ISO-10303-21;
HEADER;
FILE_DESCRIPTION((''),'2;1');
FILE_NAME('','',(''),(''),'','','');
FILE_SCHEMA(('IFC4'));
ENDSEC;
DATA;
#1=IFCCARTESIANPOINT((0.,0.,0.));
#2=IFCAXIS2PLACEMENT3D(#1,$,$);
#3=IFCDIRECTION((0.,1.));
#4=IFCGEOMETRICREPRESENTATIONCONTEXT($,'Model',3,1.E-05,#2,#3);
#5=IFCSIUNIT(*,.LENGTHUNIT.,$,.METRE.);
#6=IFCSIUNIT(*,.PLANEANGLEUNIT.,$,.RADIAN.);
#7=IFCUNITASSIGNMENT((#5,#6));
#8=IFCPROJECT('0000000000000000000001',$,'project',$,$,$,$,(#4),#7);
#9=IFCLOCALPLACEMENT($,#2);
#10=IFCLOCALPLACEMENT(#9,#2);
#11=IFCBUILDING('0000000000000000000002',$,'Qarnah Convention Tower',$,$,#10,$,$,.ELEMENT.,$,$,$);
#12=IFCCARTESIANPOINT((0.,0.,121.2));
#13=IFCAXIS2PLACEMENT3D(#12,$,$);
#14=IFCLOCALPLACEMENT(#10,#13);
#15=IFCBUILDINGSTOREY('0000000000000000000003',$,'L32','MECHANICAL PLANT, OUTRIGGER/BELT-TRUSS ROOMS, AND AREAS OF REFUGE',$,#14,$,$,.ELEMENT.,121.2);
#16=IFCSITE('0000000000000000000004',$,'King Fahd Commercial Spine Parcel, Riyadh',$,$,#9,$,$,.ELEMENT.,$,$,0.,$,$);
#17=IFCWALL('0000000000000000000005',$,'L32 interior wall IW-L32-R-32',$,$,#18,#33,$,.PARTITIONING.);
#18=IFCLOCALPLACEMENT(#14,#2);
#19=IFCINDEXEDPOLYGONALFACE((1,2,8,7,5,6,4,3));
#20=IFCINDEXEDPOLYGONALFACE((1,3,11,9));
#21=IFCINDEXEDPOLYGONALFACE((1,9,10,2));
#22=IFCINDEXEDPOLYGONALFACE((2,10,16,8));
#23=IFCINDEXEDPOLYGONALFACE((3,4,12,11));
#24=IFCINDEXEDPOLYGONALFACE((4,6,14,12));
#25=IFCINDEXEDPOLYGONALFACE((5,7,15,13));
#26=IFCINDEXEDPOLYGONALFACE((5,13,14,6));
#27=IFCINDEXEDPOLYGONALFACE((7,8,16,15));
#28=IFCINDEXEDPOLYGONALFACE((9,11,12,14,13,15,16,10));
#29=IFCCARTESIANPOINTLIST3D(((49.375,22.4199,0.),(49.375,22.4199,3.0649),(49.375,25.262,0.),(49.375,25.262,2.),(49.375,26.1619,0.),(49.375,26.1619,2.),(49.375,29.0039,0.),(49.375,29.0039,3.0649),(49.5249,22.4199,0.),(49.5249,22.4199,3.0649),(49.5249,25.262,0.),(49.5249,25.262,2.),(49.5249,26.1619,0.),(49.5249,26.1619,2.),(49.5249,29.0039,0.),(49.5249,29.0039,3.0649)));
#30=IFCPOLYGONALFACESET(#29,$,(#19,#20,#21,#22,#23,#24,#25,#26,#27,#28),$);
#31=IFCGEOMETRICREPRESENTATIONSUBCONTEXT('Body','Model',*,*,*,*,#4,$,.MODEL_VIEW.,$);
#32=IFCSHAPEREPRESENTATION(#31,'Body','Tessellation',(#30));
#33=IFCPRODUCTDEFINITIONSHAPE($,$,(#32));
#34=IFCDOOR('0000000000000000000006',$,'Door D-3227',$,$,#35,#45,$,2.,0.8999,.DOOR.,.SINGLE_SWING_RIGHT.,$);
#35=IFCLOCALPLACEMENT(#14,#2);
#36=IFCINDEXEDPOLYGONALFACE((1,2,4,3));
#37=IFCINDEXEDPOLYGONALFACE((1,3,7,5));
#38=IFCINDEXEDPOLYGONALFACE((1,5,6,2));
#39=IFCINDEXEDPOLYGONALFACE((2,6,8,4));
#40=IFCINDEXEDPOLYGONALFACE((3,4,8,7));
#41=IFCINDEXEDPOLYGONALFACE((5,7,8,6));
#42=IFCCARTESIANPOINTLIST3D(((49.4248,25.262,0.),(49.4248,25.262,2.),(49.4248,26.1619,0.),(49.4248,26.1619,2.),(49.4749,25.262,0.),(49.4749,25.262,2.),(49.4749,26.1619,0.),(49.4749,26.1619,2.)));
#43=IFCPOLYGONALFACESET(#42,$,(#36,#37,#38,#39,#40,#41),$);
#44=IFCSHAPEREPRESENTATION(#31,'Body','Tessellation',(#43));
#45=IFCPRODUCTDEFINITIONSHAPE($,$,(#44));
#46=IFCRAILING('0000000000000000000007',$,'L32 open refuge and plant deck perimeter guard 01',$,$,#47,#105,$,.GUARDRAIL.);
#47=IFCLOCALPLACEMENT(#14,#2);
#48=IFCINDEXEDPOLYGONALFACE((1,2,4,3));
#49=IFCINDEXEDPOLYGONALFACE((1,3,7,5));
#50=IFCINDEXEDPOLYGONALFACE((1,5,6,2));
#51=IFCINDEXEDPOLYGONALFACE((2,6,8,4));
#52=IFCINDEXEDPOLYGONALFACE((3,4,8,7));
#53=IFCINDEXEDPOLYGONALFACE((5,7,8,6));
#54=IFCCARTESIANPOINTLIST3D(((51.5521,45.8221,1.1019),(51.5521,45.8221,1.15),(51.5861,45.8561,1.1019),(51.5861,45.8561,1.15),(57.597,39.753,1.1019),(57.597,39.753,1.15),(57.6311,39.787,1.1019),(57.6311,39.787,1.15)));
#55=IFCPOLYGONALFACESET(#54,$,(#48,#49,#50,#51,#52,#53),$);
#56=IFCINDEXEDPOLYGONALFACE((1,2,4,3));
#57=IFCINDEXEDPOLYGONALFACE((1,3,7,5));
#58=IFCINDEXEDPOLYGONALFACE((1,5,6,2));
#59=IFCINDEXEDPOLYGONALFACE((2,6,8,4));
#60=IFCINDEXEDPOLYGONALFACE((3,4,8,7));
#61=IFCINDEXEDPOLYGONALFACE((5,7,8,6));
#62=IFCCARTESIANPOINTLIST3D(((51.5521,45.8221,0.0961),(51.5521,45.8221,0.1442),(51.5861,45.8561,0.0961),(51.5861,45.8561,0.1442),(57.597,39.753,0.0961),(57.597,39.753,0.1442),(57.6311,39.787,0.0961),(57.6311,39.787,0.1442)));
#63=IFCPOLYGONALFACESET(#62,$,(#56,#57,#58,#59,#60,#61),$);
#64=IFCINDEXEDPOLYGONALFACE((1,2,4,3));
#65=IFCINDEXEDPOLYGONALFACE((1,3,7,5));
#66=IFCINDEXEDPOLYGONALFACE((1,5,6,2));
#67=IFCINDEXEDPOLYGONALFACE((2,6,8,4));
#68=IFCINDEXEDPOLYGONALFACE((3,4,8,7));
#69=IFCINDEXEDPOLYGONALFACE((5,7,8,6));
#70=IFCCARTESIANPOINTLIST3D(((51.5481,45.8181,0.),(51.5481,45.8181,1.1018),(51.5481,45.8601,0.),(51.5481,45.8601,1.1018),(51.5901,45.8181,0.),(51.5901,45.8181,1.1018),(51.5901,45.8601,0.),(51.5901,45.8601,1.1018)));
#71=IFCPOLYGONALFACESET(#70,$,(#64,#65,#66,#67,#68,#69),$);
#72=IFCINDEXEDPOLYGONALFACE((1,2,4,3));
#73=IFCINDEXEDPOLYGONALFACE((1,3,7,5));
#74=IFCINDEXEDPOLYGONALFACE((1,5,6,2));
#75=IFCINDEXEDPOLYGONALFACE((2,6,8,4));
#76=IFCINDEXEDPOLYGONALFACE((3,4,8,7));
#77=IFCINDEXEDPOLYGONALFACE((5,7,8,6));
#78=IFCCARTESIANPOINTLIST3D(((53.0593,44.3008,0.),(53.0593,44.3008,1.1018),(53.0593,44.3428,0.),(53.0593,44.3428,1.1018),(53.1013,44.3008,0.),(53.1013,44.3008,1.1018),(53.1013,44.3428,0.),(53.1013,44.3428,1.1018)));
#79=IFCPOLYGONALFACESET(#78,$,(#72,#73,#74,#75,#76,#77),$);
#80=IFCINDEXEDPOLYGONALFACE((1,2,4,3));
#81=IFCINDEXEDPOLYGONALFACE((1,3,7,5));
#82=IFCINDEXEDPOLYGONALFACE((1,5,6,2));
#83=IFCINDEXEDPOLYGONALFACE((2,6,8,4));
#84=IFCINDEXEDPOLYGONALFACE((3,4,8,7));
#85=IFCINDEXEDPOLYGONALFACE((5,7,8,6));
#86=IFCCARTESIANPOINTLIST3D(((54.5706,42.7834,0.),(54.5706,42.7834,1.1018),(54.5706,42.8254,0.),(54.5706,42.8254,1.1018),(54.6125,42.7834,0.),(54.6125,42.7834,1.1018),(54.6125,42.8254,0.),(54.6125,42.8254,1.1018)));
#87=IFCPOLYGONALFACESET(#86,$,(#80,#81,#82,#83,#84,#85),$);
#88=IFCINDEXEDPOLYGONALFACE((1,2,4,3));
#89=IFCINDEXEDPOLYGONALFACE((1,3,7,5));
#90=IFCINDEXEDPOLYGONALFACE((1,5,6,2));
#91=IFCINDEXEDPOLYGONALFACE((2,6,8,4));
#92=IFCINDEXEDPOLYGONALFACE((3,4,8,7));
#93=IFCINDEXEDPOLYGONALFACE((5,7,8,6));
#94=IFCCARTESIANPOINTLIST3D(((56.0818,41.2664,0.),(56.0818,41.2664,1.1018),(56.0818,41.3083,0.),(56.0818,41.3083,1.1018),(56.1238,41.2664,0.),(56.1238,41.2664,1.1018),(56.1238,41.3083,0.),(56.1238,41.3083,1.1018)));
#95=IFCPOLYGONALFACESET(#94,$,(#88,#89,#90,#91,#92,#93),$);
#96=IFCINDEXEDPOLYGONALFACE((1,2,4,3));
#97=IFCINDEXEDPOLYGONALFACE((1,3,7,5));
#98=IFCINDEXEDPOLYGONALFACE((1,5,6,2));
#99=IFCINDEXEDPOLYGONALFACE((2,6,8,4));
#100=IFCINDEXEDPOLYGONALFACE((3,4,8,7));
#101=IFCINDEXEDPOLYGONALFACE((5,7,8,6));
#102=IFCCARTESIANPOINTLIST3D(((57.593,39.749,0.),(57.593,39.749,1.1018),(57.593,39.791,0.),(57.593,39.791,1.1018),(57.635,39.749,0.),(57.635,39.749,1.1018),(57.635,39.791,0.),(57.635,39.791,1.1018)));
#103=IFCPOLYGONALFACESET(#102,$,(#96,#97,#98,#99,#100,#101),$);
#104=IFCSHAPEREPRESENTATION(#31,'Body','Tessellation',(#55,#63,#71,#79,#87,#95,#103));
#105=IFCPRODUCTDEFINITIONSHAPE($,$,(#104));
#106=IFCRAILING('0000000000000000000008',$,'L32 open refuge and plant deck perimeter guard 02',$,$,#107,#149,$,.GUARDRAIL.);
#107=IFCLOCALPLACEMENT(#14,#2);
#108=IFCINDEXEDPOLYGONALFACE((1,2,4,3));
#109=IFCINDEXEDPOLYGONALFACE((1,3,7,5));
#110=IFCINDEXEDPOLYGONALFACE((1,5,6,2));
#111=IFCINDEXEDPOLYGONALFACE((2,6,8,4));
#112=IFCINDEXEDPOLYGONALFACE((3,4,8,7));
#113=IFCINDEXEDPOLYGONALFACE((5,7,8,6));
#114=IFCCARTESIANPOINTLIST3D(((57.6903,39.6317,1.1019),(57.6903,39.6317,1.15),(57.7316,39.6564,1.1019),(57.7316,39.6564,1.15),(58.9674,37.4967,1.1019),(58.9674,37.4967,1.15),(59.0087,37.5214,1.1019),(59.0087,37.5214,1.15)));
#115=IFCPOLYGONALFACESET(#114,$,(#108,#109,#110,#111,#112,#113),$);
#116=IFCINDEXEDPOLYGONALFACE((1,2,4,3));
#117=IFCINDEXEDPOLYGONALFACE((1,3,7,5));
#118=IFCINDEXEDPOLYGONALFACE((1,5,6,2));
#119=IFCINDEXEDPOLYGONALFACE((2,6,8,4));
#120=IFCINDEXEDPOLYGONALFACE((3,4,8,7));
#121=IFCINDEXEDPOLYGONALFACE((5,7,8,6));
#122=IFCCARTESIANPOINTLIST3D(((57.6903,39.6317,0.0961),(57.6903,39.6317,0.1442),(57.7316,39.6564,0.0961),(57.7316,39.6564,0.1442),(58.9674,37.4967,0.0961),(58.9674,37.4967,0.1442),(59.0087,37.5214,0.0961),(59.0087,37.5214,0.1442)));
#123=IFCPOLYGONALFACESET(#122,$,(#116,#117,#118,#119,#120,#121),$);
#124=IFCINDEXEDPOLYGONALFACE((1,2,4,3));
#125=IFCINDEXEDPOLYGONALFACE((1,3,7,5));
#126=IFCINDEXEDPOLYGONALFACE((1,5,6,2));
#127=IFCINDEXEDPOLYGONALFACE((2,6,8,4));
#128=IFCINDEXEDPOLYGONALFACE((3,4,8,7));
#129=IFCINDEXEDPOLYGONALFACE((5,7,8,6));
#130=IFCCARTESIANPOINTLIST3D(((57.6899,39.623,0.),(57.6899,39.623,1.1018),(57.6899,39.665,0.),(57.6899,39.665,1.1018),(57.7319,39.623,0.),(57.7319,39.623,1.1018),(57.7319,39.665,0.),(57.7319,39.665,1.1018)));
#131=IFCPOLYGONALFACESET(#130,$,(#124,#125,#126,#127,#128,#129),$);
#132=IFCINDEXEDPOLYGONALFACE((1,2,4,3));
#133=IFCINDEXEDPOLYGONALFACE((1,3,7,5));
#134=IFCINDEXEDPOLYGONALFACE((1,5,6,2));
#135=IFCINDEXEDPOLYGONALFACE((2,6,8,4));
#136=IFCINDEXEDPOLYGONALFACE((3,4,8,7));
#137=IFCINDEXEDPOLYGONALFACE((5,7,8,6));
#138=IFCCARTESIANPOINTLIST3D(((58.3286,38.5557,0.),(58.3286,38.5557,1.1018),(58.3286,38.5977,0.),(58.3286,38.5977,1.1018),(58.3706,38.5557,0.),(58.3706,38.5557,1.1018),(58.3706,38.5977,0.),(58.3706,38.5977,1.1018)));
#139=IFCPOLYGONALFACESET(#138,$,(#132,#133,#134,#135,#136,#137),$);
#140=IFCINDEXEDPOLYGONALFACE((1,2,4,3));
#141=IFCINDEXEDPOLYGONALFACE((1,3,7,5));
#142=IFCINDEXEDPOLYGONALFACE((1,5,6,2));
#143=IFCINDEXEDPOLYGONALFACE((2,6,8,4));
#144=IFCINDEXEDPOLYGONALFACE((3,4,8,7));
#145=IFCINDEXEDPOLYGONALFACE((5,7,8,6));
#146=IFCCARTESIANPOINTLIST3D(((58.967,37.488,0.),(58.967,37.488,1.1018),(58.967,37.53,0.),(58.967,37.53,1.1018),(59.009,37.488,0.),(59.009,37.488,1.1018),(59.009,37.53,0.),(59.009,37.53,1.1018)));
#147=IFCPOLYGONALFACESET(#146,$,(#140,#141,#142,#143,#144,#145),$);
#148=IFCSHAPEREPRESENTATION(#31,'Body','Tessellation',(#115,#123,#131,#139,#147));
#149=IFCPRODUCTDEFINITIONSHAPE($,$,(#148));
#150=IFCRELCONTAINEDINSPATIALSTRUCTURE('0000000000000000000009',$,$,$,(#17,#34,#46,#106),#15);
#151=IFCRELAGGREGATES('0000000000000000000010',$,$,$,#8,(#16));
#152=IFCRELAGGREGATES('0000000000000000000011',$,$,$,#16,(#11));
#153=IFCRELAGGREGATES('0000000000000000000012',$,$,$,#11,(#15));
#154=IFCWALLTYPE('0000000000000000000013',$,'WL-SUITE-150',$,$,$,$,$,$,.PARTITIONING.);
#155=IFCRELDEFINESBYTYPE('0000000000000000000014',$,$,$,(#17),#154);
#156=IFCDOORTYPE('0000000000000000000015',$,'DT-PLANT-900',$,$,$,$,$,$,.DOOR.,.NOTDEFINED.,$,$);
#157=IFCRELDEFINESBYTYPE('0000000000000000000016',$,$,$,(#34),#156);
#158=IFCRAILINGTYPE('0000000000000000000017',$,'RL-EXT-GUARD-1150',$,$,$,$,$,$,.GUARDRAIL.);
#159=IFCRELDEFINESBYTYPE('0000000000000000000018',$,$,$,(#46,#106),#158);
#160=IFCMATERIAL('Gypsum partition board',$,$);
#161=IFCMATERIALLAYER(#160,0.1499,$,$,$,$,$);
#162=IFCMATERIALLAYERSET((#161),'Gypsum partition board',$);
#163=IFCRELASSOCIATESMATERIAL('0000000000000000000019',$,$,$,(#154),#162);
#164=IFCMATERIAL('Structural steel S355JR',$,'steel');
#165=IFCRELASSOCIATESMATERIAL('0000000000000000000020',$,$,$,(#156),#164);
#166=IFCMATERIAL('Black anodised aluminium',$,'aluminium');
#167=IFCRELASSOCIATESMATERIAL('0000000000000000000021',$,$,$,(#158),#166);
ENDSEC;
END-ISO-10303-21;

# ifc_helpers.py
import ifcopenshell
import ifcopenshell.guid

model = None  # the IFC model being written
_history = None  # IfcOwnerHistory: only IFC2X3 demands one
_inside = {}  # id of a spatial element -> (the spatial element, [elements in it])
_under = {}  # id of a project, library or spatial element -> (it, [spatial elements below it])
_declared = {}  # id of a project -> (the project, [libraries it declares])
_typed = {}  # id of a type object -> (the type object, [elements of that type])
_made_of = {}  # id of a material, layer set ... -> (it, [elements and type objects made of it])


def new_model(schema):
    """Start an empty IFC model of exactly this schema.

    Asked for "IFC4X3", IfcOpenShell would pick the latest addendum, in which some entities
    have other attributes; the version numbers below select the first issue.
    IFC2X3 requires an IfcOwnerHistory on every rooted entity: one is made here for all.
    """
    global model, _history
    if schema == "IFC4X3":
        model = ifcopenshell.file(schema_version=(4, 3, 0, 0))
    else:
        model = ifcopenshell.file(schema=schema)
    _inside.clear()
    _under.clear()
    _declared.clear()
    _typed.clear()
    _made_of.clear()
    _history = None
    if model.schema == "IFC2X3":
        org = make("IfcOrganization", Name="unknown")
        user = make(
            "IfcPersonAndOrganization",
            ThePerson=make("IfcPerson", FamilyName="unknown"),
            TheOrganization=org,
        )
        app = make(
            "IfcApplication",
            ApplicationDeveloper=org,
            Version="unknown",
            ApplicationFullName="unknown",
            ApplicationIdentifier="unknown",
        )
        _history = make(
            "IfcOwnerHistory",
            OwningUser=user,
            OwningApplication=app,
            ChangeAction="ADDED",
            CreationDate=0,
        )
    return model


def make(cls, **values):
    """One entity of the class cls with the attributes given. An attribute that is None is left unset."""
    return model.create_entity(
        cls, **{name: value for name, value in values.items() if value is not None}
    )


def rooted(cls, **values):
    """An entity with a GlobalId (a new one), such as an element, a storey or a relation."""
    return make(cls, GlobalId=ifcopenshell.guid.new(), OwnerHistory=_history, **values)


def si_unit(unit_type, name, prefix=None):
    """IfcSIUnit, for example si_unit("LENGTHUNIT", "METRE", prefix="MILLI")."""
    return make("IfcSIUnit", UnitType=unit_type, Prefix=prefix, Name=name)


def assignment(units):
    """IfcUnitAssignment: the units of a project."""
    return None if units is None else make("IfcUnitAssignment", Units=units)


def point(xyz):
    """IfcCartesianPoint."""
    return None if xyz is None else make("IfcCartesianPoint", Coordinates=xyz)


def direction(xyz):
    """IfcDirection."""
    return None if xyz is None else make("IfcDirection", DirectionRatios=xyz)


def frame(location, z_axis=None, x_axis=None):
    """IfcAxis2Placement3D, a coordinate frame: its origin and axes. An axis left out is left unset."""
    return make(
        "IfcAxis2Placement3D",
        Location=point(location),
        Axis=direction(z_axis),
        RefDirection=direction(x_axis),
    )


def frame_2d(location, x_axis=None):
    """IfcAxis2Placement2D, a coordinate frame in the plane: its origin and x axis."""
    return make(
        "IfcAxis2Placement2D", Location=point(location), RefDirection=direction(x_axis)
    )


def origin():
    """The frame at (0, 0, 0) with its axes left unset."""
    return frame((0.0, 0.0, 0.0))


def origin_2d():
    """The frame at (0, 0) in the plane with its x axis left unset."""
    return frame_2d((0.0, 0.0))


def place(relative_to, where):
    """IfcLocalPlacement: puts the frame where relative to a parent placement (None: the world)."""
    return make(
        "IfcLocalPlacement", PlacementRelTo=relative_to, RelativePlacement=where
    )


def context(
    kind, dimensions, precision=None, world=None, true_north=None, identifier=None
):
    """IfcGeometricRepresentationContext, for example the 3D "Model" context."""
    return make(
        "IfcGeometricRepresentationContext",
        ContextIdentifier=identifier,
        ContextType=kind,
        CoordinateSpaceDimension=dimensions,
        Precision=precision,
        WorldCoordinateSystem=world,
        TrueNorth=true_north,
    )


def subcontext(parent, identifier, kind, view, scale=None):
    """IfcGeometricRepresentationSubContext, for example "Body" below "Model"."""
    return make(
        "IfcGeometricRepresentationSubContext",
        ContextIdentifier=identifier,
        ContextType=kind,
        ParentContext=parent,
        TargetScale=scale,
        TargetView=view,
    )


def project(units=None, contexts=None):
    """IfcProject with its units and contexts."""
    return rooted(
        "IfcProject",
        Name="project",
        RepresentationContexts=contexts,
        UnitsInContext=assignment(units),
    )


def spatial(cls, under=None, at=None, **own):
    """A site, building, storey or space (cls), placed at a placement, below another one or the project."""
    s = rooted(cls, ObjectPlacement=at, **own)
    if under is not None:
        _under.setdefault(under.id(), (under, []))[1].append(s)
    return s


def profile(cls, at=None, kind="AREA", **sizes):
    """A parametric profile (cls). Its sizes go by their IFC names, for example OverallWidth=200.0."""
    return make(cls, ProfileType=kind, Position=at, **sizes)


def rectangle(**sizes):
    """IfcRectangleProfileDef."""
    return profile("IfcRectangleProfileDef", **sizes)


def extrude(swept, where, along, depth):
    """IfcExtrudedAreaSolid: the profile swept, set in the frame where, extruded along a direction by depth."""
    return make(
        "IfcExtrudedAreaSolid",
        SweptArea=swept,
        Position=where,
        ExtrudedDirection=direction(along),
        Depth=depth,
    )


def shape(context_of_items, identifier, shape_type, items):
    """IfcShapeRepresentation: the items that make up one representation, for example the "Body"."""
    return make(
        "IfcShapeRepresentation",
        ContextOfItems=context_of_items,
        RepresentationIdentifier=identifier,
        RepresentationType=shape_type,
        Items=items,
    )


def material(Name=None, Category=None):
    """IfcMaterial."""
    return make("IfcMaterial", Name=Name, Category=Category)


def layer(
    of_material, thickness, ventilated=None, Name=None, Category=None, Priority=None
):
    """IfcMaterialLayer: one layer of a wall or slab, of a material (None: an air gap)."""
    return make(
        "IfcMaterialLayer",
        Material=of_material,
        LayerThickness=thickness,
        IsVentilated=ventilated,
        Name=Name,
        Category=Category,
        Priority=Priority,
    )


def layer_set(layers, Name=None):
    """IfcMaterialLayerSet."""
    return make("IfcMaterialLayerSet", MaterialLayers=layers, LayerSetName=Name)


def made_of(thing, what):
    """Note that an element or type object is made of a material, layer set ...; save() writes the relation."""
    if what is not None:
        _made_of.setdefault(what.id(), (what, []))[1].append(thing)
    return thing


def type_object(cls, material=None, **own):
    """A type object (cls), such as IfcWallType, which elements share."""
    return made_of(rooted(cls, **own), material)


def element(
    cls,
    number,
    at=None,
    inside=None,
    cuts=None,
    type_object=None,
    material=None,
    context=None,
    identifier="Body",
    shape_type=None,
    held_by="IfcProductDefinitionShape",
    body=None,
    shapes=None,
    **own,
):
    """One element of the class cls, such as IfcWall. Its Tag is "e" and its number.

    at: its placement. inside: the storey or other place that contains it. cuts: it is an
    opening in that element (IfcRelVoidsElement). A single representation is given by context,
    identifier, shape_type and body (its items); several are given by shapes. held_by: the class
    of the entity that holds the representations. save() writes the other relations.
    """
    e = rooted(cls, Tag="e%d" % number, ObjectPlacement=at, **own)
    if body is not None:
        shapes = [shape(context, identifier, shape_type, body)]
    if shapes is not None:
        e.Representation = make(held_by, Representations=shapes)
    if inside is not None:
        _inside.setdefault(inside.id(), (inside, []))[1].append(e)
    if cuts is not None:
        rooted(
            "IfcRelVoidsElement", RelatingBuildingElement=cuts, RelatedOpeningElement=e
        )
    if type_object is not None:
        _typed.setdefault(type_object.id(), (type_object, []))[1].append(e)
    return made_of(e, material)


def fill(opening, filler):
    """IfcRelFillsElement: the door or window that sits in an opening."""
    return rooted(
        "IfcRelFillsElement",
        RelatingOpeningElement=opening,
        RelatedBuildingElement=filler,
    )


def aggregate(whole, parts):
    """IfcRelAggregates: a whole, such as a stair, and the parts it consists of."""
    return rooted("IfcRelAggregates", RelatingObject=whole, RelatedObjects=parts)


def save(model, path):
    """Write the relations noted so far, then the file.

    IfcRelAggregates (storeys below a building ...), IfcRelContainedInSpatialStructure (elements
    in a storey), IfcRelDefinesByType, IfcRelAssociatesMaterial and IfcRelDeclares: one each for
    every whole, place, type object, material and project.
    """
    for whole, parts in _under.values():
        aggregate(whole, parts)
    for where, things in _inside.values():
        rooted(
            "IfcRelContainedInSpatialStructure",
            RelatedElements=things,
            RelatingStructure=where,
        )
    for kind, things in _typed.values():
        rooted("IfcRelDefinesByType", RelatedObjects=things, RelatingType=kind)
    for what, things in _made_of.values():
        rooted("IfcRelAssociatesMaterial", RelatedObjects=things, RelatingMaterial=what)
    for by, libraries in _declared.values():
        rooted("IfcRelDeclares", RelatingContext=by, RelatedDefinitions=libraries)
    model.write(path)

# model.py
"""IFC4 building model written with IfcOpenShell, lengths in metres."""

from ifc_helpers import new_model, si_unit, direction, frame, frame_2d, origin, origin_2d, place, context, subcontext, project, spatial, rectangle, extrude, material, layer, layer_set, type_object, element, fill, save


model = new_model("IFC4")

# Units and contexts
model_context = context("Model", 3, precision=1e-05, world=origin(), true_north=direction((0.0, 1.0)))
body_context = subcontext(model_context, "Body", "Model", "MODEL_VIEW")
ifc_project = project(units=[si_unit("LENGTHUNIT", "METRE"), si_unit("PLANEANGLEUNIT", "RADIAN")], contexts=[model_context])

# Site, building, storey
site_placement = place(None, origin())
site = spatial("IfcSite", under=ifc_project, at=site_placement, Name="King Fahd Commercial Spine Parcel, Riyadh", CompositionType="ELEMENT", RefElevation=0.0)
building_placement = place(site_placement, origin())
building = spatial("IfcBuilding", under=site, at=building_placement, Name="Qarnah Convention Tower", CompositionType="ELEMENT")
storey_placement = place(building_placement, frame((0.0, 0.0, 121.2)))
storey = spatial("IfcBuildingStorey", under=building, at=storey_placement, Name="L32", Description="MECHANICAL PLANT, OUTRIGGER/BELT-TRUSS ROOMS, AND AREAS OF REFUGE", CompositionType="ELEMENT", Elevation=121.2)

# Shared definitions
ifc_material_1 = material(Name="Structural steel S355JR", Category="steel")

# Shared definitions
ifc_material_2 = material(Name="Gypsum partition board")
ifc_layer_1 = layer(ifc_material_2, 0.1499)
ifc_layer_set_1 = layer_set([ifc_layer_1], Name="Gypsum partition board")
wall_type = type_object("IfcWallType", Name="WL-SUITE-150", PredefinedType="PARTITIONING", material=ifc_layer_set_1)

# Shared definitions
door_type = type_object("IfcDoorType", Name="DT-PLANT-900", OperationType="NOTDEFINED", PredefinedType="DOOR", material=ifc_material_1)

# Wall, opening, door
wall_1_placement = place(storey_placement, frame((49.45, 29.0039, 0.0), z_axis=(0.0, 0.0, 1.0), x_axis=(0.0, -1.0, 0.0)))
wall_1 = element("IfcWall", 1, at=wall_1_placement, inside=storey, type_object=wall_type, Name="L32 interior wall IW-L32-R-32", PredefinedType="PARTITIONING", context=body_context, shape_type="SweptSolid", body=[
    extrude(rectangle(XDim=6.584, YDim=0.1499, at=frame_2d((3.292, 0.0))), origin(), (0.0, 0.0, 1.0), 3.0649),
])
opening_1_placement = place(wall_1_placement, frame((2.842, 0.0, 0.0)))
opening_1 = element("IfcOpeningElement", 2, at=opening_1_placement, cuts=wall_1, PredefinedType="OPENING", context=body_context, shape_type="SweptSolid", body=[
    extrude(rectangle(XDim=0.8999, YDim=2.0, at=frame_2d((0.45, 1.0))), frame((0.0, 0.085, 0.0), z_axis=(0.0, -1.0, 0.0), x_axis=(1.0, 0.0, 0.0)), (0.0, 0.0, 1.0), 0.1699),
])
door_1_placement = place(opening_1_placement, origin())
door_1 = element("IfcDoor", 3, at=door_1_placement, inside=storey, type_object=door_type, Name="Door D-3227", OperationType="SINGLE_SWING_RIGHT", OverallHeight=2.0, OverallWidth=0.8999, PredefinedType="DOOR", context=body_context, shape_type="SweptSolid", body=[
    extrude(rectangle(XDim=0.8999, YDim=2.0, at=frame_2d((0.45, 1.0))), frame((0.0, 0.0249, 0.0), z_axis=(0.0, -1.0, 0.0), x_axis=(1.0, 0.0, 0.0)), (0.0, 0.0, 1.0), 0.05),
])
fill(opening_1, door_1)

# Railings
ifc_material_3 = material(Name="Black anodised aluminium", Category="aluminium")
railing_type_1 = type_object("IfcRailingType", Name="RL-EXT-GUARD-1150", PredefinedType="GUARDRAIL", material=ifc_material_3)
railing_1_placement = place(storey_placement, frame((51.5691, 45.8391, 0.0)))
element("IfcRailing", 4, at=railing_1_placement, inside=storey, type_object=railing_type_1, Name="L32 open refuge and plant deck perimeter guard 01", PredefinedType="GUARDRAIL", context=body_context, shape_type="SweptSolid", body=[
    extrude(rectangle(XDim=0.0481, YDim=0.0481, at=origin_2d()), frame((0.0, 0.0, 1.126), z_axis=(0.705695, -0.708516, 0.0), x_axis=(0.708516, 0.705695, 0.0)), (0.0, 0.0, 1.0), 8.5659),
    extrude(rectangle(XDim=0.0481, YDim=0.0481, at=origin_2d()), frame((0.0, 0.0, 0.1201), z_axis=(0.705695, -0.708516, 0.0), x_axis=(0.708516, 0.705695, 0.0)), (0.0, 0.0, 1.0), 8.5659),
    extrude(rectangle(XDim=0.042, YDim=0.042, at=origin_2d()), origin(), (0.0, 0.0, 1.0), 1.1018),
    extrude(rectangle(XDim=0.042, YDim=0.042, at=origin_2d()), frame((1.5112, -1.5173, 0.0)), (0.0, 0.0, 1.0), 1.1018),
    extrude(rectangle(XDim=0.042, YDim=0.042, at=origin_2d()), frame((3.0225, -3.0347, 0.0)), (0.0, 0.0, 1.0), 1.1018),
    extrude(rectangle(XDim=0.042, YDim=0.042, at=origin_2d()), frame((4.5337, -4.5518, 0.0)), (0.0, 0.0, 1.0), 1.1018),
    extrude(rectangle(XDim=0.042, YDim=0.042, at=origin_2d()), frame((6.0449, -6.0691, 0.0)), (0.0, 0.0, 1.0), 1.1018),
])
railing_2_placement = place(storey_placement, frame((57.7109, 39.644, 0.0)))
element("IfcRailing", 5, at=railing_2_placement, inside=storey, type_object=railing_type_1, Name="L32 open refuge and plant deck perimeter guard 02", PredefinedType="GUARDRAIL", context=body_context, shape_type="SweptSolid", body=[
    extrude(rectangle(XDim=0.0481, YDim=0.0481, at=origin_2d()), frame((0.0, 0.0, 1.126), z_axis=(0.513341, -0.858185, 0.0), x_axis=(0.858185, 0.513341, 0.0)), (0.0, 0.0, 1.0), 2.4878),
    extrude(rectangle(XDim=0.0481, YDim=0.0481, at=origin_2d()), frame((0.0, 0.0, 0.1201), z_axis=(0.513341, -0.858185, 0.0), x_axis=(0.858185, 0.513341, 0.0)), (0.0, 0.0, 1.0), 2.4878),
    extrude(rectangle(XDim=0.042, YDim=0.042, at=origin_2d()), origin(), (0.0, 0.0, 1.0), 1.1018),
    extrude(rectangle(XDim=0.042, YDim=0.042, at=origin_2d()), frame((0.6387, -1.0674, 0.0)), (0.0, 0.0, 1.0), 1.1018),
    extrude(rectangle(XDim=0.042, YDim=0.042, at=origin_2d()), frame((1.2771, -2.135, 0.0)), (0.0, 0.0, 1.0), 1.1018),
])

save(model, "model.ifc")
